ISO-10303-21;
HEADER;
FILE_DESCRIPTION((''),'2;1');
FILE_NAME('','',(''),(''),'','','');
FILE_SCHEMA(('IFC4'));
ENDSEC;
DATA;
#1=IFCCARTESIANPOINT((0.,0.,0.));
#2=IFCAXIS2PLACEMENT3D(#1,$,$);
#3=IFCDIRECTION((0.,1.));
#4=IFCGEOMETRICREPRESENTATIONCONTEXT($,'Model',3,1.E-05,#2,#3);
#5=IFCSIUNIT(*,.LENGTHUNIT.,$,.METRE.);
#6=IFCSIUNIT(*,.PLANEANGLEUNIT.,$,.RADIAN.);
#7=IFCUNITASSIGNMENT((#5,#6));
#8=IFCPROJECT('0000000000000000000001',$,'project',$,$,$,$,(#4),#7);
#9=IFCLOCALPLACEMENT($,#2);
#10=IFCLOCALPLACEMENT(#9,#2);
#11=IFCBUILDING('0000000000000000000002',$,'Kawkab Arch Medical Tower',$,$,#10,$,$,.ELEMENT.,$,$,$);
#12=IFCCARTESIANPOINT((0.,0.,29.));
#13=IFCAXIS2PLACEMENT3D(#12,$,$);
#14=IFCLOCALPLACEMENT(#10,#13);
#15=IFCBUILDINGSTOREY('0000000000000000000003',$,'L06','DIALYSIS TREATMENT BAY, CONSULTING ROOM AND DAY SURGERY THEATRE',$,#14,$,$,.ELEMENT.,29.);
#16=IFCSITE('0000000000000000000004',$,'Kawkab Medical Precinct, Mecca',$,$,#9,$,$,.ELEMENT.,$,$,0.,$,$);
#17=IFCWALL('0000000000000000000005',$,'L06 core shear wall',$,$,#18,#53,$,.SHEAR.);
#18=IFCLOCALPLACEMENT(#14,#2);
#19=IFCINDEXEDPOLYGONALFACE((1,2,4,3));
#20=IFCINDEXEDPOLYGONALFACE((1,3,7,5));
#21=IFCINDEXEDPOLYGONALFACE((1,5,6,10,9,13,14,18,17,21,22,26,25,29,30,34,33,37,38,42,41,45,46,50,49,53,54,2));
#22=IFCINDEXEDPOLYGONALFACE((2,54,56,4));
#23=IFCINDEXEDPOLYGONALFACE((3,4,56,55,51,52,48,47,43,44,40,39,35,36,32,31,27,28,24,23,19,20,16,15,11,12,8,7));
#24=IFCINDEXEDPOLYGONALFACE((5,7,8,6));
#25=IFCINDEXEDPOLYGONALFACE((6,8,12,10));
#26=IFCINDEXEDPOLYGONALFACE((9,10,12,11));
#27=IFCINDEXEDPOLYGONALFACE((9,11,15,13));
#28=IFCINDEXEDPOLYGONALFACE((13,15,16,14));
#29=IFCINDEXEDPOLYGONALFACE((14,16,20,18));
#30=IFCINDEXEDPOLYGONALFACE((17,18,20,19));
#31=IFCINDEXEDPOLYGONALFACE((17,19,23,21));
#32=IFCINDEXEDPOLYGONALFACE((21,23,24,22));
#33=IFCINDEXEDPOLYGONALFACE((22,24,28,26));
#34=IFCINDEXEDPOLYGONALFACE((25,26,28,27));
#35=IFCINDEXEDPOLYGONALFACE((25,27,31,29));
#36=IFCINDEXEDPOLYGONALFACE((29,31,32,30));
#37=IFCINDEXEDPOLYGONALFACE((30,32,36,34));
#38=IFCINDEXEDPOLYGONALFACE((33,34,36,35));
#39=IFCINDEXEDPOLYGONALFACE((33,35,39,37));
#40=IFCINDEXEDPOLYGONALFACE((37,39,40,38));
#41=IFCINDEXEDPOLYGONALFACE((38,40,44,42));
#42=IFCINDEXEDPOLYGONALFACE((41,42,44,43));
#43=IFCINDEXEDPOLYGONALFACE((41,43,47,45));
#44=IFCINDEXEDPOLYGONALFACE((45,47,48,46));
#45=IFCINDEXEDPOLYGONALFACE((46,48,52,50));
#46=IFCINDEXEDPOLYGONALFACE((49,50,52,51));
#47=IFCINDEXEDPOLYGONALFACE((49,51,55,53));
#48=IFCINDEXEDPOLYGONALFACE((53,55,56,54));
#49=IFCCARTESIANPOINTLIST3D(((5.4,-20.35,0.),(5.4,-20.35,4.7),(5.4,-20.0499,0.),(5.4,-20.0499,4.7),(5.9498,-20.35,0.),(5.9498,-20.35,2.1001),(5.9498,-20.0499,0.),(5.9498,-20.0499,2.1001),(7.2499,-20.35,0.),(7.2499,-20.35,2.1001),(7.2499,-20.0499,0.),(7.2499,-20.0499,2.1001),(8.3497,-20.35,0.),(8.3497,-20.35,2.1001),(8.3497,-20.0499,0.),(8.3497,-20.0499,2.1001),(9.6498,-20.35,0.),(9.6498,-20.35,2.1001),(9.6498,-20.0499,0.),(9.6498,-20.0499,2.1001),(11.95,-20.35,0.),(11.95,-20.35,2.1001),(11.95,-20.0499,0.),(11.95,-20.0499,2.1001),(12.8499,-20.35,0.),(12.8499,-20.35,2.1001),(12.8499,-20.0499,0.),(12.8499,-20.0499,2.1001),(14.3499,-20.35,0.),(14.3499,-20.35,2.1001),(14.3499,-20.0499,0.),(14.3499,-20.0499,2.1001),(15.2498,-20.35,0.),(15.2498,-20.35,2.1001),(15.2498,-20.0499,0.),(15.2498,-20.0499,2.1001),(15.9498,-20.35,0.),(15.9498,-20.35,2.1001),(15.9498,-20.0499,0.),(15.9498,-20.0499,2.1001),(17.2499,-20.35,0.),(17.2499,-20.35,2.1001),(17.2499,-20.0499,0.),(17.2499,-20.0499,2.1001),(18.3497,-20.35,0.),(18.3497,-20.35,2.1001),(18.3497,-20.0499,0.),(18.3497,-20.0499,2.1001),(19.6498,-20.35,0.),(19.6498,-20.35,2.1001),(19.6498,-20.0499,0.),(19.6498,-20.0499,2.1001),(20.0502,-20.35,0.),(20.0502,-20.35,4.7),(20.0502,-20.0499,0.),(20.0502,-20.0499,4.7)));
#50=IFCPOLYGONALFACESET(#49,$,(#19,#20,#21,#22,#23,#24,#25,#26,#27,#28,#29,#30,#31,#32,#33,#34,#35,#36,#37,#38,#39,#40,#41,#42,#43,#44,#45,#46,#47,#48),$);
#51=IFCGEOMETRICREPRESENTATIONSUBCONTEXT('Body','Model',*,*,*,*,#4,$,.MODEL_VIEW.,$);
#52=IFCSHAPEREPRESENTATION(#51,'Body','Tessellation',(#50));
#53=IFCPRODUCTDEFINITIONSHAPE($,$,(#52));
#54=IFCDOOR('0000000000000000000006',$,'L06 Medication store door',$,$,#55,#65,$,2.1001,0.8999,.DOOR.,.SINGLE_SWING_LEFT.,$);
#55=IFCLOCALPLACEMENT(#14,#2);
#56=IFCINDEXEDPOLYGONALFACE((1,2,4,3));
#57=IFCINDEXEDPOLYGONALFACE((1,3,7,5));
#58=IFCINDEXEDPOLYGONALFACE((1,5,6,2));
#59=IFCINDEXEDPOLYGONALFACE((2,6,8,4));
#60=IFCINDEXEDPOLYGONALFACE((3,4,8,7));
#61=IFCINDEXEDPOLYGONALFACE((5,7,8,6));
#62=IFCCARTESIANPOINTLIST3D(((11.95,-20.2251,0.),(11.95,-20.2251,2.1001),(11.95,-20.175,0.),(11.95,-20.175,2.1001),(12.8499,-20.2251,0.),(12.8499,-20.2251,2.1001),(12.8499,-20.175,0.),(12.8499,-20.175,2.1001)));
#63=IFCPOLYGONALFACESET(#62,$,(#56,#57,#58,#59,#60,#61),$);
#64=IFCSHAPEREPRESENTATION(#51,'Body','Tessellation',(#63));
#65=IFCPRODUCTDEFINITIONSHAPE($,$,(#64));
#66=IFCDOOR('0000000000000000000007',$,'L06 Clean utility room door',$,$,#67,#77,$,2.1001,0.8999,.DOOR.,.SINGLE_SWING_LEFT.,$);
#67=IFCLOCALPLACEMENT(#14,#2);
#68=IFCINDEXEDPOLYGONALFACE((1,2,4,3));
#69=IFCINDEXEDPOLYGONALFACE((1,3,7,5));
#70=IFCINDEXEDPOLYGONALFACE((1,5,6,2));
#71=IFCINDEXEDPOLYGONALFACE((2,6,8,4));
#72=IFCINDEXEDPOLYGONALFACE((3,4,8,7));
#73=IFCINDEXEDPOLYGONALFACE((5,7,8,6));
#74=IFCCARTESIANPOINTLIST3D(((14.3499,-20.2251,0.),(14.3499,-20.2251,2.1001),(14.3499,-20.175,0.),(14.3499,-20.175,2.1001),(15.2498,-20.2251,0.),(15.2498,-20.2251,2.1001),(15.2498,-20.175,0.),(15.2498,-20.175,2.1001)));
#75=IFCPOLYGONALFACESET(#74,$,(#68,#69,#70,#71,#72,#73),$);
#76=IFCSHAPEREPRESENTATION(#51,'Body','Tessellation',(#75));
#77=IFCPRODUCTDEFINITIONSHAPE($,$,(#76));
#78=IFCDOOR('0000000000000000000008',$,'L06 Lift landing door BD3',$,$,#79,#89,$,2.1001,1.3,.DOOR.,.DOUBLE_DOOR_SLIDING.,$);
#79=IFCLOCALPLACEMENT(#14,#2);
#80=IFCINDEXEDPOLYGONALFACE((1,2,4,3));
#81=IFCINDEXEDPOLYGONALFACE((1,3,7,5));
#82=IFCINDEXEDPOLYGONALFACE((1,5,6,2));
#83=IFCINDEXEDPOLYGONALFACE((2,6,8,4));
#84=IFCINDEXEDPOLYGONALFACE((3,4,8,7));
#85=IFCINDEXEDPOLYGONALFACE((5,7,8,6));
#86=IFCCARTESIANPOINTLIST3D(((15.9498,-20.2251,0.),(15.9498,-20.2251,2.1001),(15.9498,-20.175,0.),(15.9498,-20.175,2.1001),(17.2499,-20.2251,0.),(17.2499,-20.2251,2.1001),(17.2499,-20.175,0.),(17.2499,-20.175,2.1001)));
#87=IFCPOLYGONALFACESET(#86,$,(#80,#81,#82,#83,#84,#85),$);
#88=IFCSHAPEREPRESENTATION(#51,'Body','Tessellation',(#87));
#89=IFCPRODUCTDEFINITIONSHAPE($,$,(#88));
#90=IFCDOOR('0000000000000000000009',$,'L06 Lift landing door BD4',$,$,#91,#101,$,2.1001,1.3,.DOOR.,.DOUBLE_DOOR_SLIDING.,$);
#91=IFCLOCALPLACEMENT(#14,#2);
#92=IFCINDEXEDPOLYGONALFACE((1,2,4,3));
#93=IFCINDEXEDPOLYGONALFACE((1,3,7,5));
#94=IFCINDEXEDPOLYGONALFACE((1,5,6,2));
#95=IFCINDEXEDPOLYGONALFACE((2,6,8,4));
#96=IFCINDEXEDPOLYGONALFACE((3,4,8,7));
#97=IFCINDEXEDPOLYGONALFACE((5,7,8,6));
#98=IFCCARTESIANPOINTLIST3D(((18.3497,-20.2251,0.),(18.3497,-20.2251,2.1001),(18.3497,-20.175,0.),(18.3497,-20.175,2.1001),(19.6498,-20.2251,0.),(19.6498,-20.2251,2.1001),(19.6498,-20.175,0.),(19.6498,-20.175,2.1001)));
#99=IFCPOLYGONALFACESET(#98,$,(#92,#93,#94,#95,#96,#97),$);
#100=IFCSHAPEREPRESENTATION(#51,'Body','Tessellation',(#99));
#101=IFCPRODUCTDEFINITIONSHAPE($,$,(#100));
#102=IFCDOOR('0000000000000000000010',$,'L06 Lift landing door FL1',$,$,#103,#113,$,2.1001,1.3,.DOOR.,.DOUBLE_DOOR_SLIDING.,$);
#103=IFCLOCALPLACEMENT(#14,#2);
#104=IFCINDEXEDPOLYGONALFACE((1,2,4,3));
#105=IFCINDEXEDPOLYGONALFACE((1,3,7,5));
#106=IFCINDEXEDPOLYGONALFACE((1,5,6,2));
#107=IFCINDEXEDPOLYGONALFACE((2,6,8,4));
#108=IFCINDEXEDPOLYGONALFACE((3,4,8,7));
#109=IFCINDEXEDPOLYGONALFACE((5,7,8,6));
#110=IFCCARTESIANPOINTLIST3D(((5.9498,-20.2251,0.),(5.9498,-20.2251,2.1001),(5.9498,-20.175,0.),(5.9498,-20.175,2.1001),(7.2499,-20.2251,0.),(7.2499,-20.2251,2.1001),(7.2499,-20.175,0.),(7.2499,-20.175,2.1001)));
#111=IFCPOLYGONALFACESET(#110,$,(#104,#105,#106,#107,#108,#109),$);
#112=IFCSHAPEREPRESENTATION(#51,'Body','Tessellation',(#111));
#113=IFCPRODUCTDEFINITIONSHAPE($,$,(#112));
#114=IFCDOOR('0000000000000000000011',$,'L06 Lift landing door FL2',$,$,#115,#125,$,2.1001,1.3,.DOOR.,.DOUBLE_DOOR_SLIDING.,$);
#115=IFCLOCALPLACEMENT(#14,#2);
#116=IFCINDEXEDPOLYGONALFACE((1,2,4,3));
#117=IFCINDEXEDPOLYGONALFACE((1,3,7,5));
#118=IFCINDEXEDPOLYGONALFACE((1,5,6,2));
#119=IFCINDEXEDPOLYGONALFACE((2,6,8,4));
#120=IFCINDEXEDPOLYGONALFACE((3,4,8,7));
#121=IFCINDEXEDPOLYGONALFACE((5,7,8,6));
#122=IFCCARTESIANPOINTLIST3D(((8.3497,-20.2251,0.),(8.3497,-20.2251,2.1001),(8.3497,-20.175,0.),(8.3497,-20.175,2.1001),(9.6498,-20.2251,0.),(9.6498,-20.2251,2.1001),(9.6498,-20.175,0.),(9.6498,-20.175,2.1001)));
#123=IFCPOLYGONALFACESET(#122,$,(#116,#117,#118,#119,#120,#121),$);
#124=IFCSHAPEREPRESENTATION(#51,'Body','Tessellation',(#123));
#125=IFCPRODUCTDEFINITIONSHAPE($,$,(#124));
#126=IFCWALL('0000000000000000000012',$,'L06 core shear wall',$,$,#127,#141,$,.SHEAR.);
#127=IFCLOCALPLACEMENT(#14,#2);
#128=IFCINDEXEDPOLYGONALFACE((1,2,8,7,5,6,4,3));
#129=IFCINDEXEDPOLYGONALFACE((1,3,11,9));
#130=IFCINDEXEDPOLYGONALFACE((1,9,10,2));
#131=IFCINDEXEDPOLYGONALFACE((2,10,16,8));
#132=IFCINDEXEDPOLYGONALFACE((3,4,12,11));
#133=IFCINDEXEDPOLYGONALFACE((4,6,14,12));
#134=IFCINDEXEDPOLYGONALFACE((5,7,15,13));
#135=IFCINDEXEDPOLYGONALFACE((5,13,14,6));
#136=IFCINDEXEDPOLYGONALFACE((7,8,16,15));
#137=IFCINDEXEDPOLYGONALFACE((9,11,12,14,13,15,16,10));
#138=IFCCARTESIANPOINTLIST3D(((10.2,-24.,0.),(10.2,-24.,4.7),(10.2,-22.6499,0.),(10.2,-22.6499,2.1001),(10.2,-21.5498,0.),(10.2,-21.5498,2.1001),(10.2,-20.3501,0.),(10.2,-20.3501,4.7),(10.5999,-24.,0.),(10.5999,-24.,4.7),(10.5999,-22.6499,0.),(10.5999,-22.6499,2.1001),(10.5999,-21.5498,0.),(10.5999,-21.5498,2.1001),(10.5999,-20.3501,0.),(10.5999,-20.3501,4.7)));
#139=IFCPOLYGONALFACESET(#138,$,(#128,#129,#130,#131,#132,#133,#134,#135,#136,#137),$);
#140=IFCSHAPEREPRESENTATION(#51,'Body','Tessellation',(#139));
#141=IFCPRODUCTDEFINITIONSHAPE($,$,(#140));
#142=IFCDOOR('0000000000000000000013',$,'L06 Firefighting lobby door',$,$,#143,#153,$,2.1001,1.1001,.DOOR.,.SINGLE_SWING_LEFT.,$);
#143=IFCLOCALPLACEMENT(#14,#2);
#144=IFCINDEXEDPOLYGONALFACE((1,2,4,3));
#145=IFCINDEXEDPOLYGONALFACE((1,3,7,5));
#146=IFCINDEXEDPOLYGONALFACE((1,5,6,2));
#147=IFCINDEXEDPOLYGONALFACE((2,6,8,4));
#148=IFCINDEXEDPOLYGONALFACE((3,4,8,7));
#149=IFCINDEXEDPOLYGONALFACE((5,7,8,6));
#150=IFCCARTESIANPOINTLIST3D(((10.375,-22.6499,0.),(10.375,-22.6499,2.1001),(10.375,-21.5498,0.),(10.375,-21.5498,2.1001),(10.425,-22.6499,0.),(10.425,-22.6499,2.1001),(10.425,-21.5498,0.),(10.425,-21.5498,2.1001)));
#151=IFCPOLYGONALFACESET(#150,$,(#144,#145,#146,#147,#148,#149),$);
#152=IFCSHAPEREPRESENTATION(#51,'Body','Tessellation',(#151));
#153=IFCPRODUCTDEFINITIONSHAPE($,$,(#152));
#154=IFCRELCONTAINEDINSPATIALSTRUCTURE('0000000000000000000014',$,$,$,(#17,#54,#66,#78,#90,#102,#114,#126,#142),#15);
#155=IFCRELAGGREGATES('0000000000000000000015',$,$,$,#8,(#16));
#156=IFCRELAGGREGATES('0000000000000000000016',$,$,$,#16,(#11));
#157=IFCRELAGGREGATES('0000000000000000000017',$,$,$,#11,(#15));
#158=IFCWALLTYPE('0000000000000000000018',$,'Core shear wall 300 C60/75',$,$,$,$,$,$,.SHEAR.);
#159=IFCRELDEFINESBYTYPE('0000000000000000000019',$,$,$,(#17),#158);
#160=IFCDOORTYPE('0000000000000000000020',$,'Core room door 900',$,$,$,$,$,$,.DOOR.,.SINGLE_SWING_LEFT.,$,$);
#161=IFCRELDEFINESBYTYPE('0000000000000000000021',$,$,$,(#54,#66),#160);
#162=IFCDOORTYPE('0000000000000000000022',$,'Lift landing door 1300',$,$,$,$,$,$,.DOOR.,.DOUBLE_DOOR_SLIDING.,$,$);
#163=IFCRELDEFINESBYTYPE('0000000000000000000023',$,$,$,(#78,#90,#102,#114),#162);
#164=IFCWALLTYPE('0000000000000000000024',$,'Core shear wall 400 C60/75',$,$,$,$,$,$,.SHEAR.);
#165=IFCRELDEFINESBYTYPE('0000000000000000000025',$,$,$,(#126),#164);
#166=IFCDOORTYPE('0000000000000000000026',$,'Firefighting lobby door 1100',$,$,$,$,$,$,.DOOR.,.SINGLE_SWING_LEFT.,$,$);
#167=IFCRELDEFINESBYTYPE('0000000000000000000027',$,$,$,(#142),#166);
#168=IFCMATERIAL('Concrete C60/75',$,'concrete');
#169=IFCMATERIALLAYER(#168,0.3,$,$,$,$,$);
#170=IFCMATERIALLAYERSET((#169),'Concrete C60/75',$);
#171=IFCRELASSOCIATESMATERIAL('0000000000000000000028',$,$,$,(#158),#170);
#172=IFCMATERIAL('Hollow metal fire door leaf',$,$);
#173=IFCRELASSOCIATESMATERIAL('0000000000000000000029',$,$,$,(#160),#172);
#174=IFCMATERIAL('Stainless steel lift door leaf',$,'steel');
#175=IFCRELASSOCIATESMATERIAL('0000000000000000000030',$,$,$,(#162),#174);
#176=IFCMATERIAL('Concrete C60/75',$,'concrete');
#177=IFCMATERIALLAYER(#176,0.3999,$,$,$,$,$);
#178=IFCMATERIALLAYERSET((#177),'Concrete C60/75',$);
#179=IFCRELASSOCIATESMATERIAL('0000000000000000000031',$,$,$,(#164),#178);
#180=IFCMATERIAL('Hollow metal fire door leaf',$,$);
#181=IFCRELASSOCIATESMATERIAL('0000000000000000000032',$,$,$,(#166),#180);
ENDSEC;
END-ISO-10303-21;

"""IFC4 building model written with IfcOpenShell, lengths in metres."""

from ifc_helpers import new_model, si_unit, direction, frame, frame_2d, origin, place, context, subcontext, project, spatial, rectangle, extrude, material, layer, layer_set, type_object, element, fill, save


model = new_model("IFC4")

# Units and contexts
model_context = context("Model", 3, precision=1e-05, world=origin(), true_north=direction((0.0, 1.0)))
body_context = subcontext(model_context, "Body", "Model", "MODEL_VIEW")
ifc_project = project(units=[si_unit("LENGTHUNIT", "METRE"), si_unit("PLANEANGLEUNIT", "RADIAN")], contexts=[model_context])

# Site, building, storey
site_placement = place(None, origin())
site = spatial("IfcSite", under=ifc_project, at=site_placement, Name="Kawkab Medical Precinct, Mecca", CompositionType="ELEMENT", RefElevation=0.0)
building_placement = place(site_placement, origin())
building = spatial("IfcBuilding", under=site, at=building_placement, Name="Kawkab Arch Medical Tower", CompositionType="ELEMENT")
storey_placement = place(building_placement, frame((0.0, 0.0, 29.0)))
storey = spatial("IfcBuildingStorey", under=building, at=storey_placement, Name="L06", Description="DIALYSIS TREATMENT BAY, CONSULTING ROOM AND DAY SURGERY THEATRE", CompositionType="ELEMENT", Elevation=29.0)

# Wall, openings, doors
ifc_material_1 = material(Name="Concrete C60/75", Category="concrete")
ifc_layer_1 = layer(ifc_material_1, 0.3)
ifc_layer_set_1 = layer_set([ifc_layer_1], Name="Concrete C60/75")
wall_type_1 = type_object("IfcWallType", Name="Core shear wall 300 C60/75", PredefinedType="SHEAR", material=ifc_layer_set_1)
wall_1_placement = place(storey_placement, frame((5.3999, -20.2, 0.0), z_axis=(0.0, 0.0, 1.0), x_axis=(1.0, 0.0, 0.0)))
wall_1 = element("IfcWall", 1, at=wall_1_placement, inside=storey, type_object=wall_type_1, Name="L06 core shear wall", PredefinedType="SHEAR", context=body_context, shape_type="SweptSolid", body=[
    extrude(rectangle(XDim=14.6501, YDim=0.3, at=frame_2d((7.3252, 0.0))), origin(), (0.0, 0.0, 1.0), 4.7),
])
opening_1_placement = place(wall_1_placement, frame((10.55, 0.0, 0.0)))
opening_1 = element("IfcOpeningElement", 2, at=opening_1_placement, cuts=wall_1, PredefinedType="OPENING", context=body_context, shape_type="SweptSolid", body=[
    extrude(rectangle(XDim=1.3, YDim=2.1001, at=frame_2d((0.6499, 1.05))), frame((0.0, 0.1599, 0.0), z_axis=(0.0, -1.0, 0.0), x_axis=(1.0, 0.0, 0.0)), (0.0, 0.0, 1.0), 0.3201),
])
opening_2_placement = place(wall_1_placement, frame((12.95, 0.0, 0.0)))
opening_2 = element("IfcOpeningElement", 3, at=opening_2_placement, cuts=wall_1, PredefinedType="OPENING", context=body_context, shape_type="SweptSolid", body=[
    extrude(rectangle(XDim=1.3, YDim=2.1001, at=frame_2d((0.6499, 1.05))), frame((0.0, 0.1599, 0.0), z_axis=(0.0, -1.0, 0.0), x_axis=(1.0, 0.0, 0.0)), (0.0, 0.0, 1.0), 0.3201),
])
opening_3_placement = place(wall_1_placement, frame((0.55, 0.0, 0.0)))
opening_3 = element("IfcOpeningElement", 4, at=opening_3_placement, cuts=wall_1, PredefinedType="OPENING", context=body_context, shape_type="SweptSolid", body=[
    extrude(rectangle(XDim=1.3, YDim=2.1001, at=frame_2d((0.6499, 1.05))), frame((0.0, 0.1599, 0.0), z_axis=(0.0, -1.0, 0.0), x_axis=(1.0, 0.0, 0.0)), (0.0, 0.0, 1.0), 0.3201),
])
opening_4_placement = place(wall_1_placement, frame((2.95, 0.0, 0.0)))
opening_4 = element("IfcOpeningElement", 5, at=opening_4_placement, cuts=wall_1, PredefinedType="OPENING", context=body_context, shape_type="SweptSolid", body=[
    extrude(rectangle(XDim=1.3, YDim=2.1001, at=frame_2d((0.6499, 1.05))), frame((0.0, 0.1599, 0.0), z_axis=(0.0, -1.0, 0.0), x_axis=(1.0, 0.0, 0.0)), (0.0, 0.0, 1.0), 0.3201),
])
opening_5_placement = place(wall_1_placement, frame((6.55, 0.0, 0.0)))
opening_5 = element("IfcOpeningElement", 6, at=opening_5_placement, cuts=wall_1, PredefinedType="OPENING", context=body_context, shape_type="SweptSolid", body=[
    extrude(rectangle(XDim=0.8999, YDim=2.1001, at=frame_2d((0.45, 1.05))), frame((0.0, 0.1599, 0.0), z_axis=(0.0, -1.0, 0.0), x_axis=(1.0, 0.0, 0.0)), (0.0, 0.0, 1.0), 0.3201),
])
opening_6_placement = place(wall_1_placement, frame((8.95, 0.0, 0.0)))
opening_6 = element("IfcOpeningElement", 7, at=opening_6_placement, cuts=wall_1, PredefinedType="OPENING", context=body_context, shape_type="SweptSolid", body=[
    extrude(rectangle(XDim=0.8999, YDim=2.1001, at=frame_2d((0.45, 1.05))), frame((0.0, 0.1599, 0.0), z_axis=(0.0, -1.0, 0.0), x_axis=(1.0, 0.0, 0.0)), (0.0, 0.0, 1.0), 0.3201),
])
ifc_material_2 = material(Name="Hollow metal fire door leaf")
door_type_1 = type_object("IfcDoorType", Name="Core room door 900", OperationType="SINGLE_SWING_LEFT", PredefinedType="DOOR", material=ifc_material_2)
door_1_placement = place(opening_5_placement, origin())
door_1 = element("IfcDoor", 8, at=door_1_placement, inside=storey, type_object=door_type_1, Name="L06 Medication store door", OperationType="SINGLE_SWING_LEFT", OverallHeight=2.1001, OverallWidth=0.8999, PredefinedType="DOOR", context=body_context, shape_type="SweptSolid", body=[
    extrude(rectangle(XDim=0.8999, YDim=2.1001, at=frame_2d((0.45, 1.05))), frame((0.0, 0.0249, 0.0), z_axis=(0.0, -1.0, 0.0), x_axis=(1.0, 0.0, 0.0)), (0.0, 0.0, 1.0), 0.05),
])
fill(opening_5, door_1)
door_2_placement = place(opening_6_placement, origin())
door_2 = element("IfcDoor", 9, at=door_2_placement, inside=storey, type_object=door_type_1, Name="L06 Clean utility room door", OperationType="SINGLE_SWING_LEFT", OverallHeight=2.1001, OverallWidth=0.8999, PredefinedType="DOOR", context=body_context, shape_type="SweptSolid", body=[
    extrude(rectangle(XDim=0.8999, YDim=2.1001, at=frame_2d((0.45, 1.05))), frame((0.0, 0.0249, 0.0), z_axis=(0.0, -1.0, 0.0), x_axis=(1.0, 0.0, 0.0)), (0.0, 0.0, 1.0), 0.05),
])
fill(opening_6, door_2)
ifc_material_3 = material(Name="Stainless steel lift door leaf", Category="steel")
door_type_2 = type_object("IfcDoorType", Name="Lift landing door 1300", OperationType="DOUBLE_DOOR_SLIDING", PredefinedType="DOOR", material=ifc_material_3)
door_3_placement = place(opening_1_placement, origin())
door_3 = element("IfcDoor", 10, at=door_3_placement, inside=storey, type_object=door_type_2, Name="L06 Lift landing door BD3", OperationType="DOUBLE_DOOR_SLIDING", OverallHeight=2.1001, OverallWidth=1.3, PredefinedType="DOOR", context=body_context, shape_type="SweptSolid", body=[
    extrude(rectangle(XDim=1.3, YDim=2.1001, at=frame_2d((0.6499, 1.05))), frame((0.0, 0.0249, 0.0), z_axis=(0.0, -1.0, 0.0), x_axis=(1.0, 0.0, 0.0)), (0.0, 0.0, 1.0), 0.05),
])
fill(opening_1, door_3)
door_4_placement = place(opening_2_placement, origin())
door_4 = element("IfcDoor", 11, at=door_4_placement, inside=storey, type_object=door_type_2, Name="L06 Lift landing door BD4", OperationType="DOUBLE_DOOR_SLIDING", OverallHeight=2.1001, OverallWidth=1.3, PredefinedType="DOOR", context=body_context, shape_type="SweptSolid", body=[
    extrude(rectangle(XDim=1.3, YDim=2.1001, at=frame_2d((0.6499, 1.05))), frame((0.0, 0.0249, 0.0), z_axis=(0.0, -1.0, 0.0), x_axis=(1.0, 0.0, 0.0)), (0.0, 0.0, 1.0), 0.05),
])
fill(opening_2, door_4)
door_5_placement = place(opening_3_placement, origin())
door_5 = element("IfcDoor", 12, at=door_5_placement, inside=storey, type_object=door_type_2, Name="L06 Lift landing door FL1", OperationType="DOUBLE_DOOR_SLIDING", OverallHeight=2.1001, OverallWidth=1.3, PredefinedType="DOOR", context=body_context, shape_type="SweptSolid", body=[
    extrude(rectangle(XDim=1.3, YDim=2.1001, at=frame_2d((0.6499, 1.05))), frame((0.0, 0.0249, 0.0), z_axis=(0.0, -1.0, 0.0), x_axis=(1.0, 0.0, 0.0)), (0.0, 0.0, 1.0), 0.05),
])
fill(opening_3, door_5)
door_6_placement = place(opening_4_placement, origin())
door_6 = element("IfcDoor", 13, at=door_6_placement, inside=storey, type_object=door_type_2, Name="L06 Lift landing door FL2", OperationType="DOUBLE_DOOR_SLIDING", OverallHeight=2.1001, OverallWidth=1.3, PredefinedType="DOOR", context=body_context, shape_type="SweptSolid", body=[
    extrude(rectangle(XDim=1.3, YDim=2.1001, at=frame_2d((0.6499, 1.05))), frame((0.0, 0.0249, 0.0), z_axis=(0.0, -1.0, 0.0), x_axis=(1.0, 0.0, 0.0)), (0.0, 0.0, 1.0), 0.05),
])
fill(opening_4, door_6)

# Wall, opening, door
ifc_material_4 = material(Name="Concrete C60/75", Category="concrete")
ifc_layer_2 = layer(ifc_material_4, 0.3999)
ifc_layer_set_2 = layer_set([ifc_layer_2], Name="Concrete C60/75")
wall_type_2 = type_object("IfcWallType", Name="Core shear wall 400 C60/75", PredefinedType="SHEAR", material=ifc_layer_set_2)
wall_2_placement = place(storey_placement, frame((10.3999, -24.0, 0.0), z_axis=(0.0, 0.0, 1.0), x_axis=(0.0, 1.0, 0.0)))
wall_2 = element("IfcWall", 14, at=wall_2_placement, inside=storey, type_object=wall_type_2, Name="L06 core shear wall", PredefinedType="SHEAR", context=body_context, shape_type="SweptSolid", body=[
    extrude(rectangle(XDim=3.6499, YDim=0.3999, at=frame_2d((1.825, 0.0))), origin(), (0.0, 0.0, 1.0), 4.7),
])
opening_7_placement = place(wall_2_placement, frame((1.3501, 0.0, 0.0)))
opening_7 = element("IfcOpeningElement", 15, at=opening_7_placement, cuts=wall_2, PredefinedType="OPENING", context=body_context, shape_type="SweptSolid", body=[
    extrude(rectangle(XDim=1.1001, YDim=2.1001, at=frame_2d((0.55, 1.05))), frame((0.0, 0.21, 0.0), z_axis=(0.0, -1.0, 0.0), x_axis=(1.0, 0.0, 0.0)), (0.0, 0.0, 1.0), 0.4199),
])
ifc_material_5 = material(Name="Hollow metal fire door leaf")
door_type_3 = type_object("IfcDoorType", Name="Firefighting lobby door 1100", OperationType="SINGLE_SWING_LEFT", PredefinedType="DOOR", material=ifc_material_5)
door_7_placement = place(opening_7_placement, origin())
door_7 = element("IfcDoor", 16, at=door_7_placement, inside=storey, type_object=door_type_3, Name="L06 Firefighting lobby door", OperationType="SINGLE_SWING_LEFT", OverallHeight=2.1001, OverallWidth=1.1001, PredefinedType="DOOR", context=body_context, shape_type="SweptSolid", body=[
    extrude(rectangle(XDim=1.1001, YDim=2.1001, at=frame_2d((0.55, 1.05))), frame((0.0, 0.0249, 0.0), z_axis=(0.0, -1.0, 0.0), x_axis=(1.0, 0.0, 0.0)), (0.0, 0.0, 1.0), 0.05),
])
fill(opening_7, door_7)

save(model, "model.ifc")
